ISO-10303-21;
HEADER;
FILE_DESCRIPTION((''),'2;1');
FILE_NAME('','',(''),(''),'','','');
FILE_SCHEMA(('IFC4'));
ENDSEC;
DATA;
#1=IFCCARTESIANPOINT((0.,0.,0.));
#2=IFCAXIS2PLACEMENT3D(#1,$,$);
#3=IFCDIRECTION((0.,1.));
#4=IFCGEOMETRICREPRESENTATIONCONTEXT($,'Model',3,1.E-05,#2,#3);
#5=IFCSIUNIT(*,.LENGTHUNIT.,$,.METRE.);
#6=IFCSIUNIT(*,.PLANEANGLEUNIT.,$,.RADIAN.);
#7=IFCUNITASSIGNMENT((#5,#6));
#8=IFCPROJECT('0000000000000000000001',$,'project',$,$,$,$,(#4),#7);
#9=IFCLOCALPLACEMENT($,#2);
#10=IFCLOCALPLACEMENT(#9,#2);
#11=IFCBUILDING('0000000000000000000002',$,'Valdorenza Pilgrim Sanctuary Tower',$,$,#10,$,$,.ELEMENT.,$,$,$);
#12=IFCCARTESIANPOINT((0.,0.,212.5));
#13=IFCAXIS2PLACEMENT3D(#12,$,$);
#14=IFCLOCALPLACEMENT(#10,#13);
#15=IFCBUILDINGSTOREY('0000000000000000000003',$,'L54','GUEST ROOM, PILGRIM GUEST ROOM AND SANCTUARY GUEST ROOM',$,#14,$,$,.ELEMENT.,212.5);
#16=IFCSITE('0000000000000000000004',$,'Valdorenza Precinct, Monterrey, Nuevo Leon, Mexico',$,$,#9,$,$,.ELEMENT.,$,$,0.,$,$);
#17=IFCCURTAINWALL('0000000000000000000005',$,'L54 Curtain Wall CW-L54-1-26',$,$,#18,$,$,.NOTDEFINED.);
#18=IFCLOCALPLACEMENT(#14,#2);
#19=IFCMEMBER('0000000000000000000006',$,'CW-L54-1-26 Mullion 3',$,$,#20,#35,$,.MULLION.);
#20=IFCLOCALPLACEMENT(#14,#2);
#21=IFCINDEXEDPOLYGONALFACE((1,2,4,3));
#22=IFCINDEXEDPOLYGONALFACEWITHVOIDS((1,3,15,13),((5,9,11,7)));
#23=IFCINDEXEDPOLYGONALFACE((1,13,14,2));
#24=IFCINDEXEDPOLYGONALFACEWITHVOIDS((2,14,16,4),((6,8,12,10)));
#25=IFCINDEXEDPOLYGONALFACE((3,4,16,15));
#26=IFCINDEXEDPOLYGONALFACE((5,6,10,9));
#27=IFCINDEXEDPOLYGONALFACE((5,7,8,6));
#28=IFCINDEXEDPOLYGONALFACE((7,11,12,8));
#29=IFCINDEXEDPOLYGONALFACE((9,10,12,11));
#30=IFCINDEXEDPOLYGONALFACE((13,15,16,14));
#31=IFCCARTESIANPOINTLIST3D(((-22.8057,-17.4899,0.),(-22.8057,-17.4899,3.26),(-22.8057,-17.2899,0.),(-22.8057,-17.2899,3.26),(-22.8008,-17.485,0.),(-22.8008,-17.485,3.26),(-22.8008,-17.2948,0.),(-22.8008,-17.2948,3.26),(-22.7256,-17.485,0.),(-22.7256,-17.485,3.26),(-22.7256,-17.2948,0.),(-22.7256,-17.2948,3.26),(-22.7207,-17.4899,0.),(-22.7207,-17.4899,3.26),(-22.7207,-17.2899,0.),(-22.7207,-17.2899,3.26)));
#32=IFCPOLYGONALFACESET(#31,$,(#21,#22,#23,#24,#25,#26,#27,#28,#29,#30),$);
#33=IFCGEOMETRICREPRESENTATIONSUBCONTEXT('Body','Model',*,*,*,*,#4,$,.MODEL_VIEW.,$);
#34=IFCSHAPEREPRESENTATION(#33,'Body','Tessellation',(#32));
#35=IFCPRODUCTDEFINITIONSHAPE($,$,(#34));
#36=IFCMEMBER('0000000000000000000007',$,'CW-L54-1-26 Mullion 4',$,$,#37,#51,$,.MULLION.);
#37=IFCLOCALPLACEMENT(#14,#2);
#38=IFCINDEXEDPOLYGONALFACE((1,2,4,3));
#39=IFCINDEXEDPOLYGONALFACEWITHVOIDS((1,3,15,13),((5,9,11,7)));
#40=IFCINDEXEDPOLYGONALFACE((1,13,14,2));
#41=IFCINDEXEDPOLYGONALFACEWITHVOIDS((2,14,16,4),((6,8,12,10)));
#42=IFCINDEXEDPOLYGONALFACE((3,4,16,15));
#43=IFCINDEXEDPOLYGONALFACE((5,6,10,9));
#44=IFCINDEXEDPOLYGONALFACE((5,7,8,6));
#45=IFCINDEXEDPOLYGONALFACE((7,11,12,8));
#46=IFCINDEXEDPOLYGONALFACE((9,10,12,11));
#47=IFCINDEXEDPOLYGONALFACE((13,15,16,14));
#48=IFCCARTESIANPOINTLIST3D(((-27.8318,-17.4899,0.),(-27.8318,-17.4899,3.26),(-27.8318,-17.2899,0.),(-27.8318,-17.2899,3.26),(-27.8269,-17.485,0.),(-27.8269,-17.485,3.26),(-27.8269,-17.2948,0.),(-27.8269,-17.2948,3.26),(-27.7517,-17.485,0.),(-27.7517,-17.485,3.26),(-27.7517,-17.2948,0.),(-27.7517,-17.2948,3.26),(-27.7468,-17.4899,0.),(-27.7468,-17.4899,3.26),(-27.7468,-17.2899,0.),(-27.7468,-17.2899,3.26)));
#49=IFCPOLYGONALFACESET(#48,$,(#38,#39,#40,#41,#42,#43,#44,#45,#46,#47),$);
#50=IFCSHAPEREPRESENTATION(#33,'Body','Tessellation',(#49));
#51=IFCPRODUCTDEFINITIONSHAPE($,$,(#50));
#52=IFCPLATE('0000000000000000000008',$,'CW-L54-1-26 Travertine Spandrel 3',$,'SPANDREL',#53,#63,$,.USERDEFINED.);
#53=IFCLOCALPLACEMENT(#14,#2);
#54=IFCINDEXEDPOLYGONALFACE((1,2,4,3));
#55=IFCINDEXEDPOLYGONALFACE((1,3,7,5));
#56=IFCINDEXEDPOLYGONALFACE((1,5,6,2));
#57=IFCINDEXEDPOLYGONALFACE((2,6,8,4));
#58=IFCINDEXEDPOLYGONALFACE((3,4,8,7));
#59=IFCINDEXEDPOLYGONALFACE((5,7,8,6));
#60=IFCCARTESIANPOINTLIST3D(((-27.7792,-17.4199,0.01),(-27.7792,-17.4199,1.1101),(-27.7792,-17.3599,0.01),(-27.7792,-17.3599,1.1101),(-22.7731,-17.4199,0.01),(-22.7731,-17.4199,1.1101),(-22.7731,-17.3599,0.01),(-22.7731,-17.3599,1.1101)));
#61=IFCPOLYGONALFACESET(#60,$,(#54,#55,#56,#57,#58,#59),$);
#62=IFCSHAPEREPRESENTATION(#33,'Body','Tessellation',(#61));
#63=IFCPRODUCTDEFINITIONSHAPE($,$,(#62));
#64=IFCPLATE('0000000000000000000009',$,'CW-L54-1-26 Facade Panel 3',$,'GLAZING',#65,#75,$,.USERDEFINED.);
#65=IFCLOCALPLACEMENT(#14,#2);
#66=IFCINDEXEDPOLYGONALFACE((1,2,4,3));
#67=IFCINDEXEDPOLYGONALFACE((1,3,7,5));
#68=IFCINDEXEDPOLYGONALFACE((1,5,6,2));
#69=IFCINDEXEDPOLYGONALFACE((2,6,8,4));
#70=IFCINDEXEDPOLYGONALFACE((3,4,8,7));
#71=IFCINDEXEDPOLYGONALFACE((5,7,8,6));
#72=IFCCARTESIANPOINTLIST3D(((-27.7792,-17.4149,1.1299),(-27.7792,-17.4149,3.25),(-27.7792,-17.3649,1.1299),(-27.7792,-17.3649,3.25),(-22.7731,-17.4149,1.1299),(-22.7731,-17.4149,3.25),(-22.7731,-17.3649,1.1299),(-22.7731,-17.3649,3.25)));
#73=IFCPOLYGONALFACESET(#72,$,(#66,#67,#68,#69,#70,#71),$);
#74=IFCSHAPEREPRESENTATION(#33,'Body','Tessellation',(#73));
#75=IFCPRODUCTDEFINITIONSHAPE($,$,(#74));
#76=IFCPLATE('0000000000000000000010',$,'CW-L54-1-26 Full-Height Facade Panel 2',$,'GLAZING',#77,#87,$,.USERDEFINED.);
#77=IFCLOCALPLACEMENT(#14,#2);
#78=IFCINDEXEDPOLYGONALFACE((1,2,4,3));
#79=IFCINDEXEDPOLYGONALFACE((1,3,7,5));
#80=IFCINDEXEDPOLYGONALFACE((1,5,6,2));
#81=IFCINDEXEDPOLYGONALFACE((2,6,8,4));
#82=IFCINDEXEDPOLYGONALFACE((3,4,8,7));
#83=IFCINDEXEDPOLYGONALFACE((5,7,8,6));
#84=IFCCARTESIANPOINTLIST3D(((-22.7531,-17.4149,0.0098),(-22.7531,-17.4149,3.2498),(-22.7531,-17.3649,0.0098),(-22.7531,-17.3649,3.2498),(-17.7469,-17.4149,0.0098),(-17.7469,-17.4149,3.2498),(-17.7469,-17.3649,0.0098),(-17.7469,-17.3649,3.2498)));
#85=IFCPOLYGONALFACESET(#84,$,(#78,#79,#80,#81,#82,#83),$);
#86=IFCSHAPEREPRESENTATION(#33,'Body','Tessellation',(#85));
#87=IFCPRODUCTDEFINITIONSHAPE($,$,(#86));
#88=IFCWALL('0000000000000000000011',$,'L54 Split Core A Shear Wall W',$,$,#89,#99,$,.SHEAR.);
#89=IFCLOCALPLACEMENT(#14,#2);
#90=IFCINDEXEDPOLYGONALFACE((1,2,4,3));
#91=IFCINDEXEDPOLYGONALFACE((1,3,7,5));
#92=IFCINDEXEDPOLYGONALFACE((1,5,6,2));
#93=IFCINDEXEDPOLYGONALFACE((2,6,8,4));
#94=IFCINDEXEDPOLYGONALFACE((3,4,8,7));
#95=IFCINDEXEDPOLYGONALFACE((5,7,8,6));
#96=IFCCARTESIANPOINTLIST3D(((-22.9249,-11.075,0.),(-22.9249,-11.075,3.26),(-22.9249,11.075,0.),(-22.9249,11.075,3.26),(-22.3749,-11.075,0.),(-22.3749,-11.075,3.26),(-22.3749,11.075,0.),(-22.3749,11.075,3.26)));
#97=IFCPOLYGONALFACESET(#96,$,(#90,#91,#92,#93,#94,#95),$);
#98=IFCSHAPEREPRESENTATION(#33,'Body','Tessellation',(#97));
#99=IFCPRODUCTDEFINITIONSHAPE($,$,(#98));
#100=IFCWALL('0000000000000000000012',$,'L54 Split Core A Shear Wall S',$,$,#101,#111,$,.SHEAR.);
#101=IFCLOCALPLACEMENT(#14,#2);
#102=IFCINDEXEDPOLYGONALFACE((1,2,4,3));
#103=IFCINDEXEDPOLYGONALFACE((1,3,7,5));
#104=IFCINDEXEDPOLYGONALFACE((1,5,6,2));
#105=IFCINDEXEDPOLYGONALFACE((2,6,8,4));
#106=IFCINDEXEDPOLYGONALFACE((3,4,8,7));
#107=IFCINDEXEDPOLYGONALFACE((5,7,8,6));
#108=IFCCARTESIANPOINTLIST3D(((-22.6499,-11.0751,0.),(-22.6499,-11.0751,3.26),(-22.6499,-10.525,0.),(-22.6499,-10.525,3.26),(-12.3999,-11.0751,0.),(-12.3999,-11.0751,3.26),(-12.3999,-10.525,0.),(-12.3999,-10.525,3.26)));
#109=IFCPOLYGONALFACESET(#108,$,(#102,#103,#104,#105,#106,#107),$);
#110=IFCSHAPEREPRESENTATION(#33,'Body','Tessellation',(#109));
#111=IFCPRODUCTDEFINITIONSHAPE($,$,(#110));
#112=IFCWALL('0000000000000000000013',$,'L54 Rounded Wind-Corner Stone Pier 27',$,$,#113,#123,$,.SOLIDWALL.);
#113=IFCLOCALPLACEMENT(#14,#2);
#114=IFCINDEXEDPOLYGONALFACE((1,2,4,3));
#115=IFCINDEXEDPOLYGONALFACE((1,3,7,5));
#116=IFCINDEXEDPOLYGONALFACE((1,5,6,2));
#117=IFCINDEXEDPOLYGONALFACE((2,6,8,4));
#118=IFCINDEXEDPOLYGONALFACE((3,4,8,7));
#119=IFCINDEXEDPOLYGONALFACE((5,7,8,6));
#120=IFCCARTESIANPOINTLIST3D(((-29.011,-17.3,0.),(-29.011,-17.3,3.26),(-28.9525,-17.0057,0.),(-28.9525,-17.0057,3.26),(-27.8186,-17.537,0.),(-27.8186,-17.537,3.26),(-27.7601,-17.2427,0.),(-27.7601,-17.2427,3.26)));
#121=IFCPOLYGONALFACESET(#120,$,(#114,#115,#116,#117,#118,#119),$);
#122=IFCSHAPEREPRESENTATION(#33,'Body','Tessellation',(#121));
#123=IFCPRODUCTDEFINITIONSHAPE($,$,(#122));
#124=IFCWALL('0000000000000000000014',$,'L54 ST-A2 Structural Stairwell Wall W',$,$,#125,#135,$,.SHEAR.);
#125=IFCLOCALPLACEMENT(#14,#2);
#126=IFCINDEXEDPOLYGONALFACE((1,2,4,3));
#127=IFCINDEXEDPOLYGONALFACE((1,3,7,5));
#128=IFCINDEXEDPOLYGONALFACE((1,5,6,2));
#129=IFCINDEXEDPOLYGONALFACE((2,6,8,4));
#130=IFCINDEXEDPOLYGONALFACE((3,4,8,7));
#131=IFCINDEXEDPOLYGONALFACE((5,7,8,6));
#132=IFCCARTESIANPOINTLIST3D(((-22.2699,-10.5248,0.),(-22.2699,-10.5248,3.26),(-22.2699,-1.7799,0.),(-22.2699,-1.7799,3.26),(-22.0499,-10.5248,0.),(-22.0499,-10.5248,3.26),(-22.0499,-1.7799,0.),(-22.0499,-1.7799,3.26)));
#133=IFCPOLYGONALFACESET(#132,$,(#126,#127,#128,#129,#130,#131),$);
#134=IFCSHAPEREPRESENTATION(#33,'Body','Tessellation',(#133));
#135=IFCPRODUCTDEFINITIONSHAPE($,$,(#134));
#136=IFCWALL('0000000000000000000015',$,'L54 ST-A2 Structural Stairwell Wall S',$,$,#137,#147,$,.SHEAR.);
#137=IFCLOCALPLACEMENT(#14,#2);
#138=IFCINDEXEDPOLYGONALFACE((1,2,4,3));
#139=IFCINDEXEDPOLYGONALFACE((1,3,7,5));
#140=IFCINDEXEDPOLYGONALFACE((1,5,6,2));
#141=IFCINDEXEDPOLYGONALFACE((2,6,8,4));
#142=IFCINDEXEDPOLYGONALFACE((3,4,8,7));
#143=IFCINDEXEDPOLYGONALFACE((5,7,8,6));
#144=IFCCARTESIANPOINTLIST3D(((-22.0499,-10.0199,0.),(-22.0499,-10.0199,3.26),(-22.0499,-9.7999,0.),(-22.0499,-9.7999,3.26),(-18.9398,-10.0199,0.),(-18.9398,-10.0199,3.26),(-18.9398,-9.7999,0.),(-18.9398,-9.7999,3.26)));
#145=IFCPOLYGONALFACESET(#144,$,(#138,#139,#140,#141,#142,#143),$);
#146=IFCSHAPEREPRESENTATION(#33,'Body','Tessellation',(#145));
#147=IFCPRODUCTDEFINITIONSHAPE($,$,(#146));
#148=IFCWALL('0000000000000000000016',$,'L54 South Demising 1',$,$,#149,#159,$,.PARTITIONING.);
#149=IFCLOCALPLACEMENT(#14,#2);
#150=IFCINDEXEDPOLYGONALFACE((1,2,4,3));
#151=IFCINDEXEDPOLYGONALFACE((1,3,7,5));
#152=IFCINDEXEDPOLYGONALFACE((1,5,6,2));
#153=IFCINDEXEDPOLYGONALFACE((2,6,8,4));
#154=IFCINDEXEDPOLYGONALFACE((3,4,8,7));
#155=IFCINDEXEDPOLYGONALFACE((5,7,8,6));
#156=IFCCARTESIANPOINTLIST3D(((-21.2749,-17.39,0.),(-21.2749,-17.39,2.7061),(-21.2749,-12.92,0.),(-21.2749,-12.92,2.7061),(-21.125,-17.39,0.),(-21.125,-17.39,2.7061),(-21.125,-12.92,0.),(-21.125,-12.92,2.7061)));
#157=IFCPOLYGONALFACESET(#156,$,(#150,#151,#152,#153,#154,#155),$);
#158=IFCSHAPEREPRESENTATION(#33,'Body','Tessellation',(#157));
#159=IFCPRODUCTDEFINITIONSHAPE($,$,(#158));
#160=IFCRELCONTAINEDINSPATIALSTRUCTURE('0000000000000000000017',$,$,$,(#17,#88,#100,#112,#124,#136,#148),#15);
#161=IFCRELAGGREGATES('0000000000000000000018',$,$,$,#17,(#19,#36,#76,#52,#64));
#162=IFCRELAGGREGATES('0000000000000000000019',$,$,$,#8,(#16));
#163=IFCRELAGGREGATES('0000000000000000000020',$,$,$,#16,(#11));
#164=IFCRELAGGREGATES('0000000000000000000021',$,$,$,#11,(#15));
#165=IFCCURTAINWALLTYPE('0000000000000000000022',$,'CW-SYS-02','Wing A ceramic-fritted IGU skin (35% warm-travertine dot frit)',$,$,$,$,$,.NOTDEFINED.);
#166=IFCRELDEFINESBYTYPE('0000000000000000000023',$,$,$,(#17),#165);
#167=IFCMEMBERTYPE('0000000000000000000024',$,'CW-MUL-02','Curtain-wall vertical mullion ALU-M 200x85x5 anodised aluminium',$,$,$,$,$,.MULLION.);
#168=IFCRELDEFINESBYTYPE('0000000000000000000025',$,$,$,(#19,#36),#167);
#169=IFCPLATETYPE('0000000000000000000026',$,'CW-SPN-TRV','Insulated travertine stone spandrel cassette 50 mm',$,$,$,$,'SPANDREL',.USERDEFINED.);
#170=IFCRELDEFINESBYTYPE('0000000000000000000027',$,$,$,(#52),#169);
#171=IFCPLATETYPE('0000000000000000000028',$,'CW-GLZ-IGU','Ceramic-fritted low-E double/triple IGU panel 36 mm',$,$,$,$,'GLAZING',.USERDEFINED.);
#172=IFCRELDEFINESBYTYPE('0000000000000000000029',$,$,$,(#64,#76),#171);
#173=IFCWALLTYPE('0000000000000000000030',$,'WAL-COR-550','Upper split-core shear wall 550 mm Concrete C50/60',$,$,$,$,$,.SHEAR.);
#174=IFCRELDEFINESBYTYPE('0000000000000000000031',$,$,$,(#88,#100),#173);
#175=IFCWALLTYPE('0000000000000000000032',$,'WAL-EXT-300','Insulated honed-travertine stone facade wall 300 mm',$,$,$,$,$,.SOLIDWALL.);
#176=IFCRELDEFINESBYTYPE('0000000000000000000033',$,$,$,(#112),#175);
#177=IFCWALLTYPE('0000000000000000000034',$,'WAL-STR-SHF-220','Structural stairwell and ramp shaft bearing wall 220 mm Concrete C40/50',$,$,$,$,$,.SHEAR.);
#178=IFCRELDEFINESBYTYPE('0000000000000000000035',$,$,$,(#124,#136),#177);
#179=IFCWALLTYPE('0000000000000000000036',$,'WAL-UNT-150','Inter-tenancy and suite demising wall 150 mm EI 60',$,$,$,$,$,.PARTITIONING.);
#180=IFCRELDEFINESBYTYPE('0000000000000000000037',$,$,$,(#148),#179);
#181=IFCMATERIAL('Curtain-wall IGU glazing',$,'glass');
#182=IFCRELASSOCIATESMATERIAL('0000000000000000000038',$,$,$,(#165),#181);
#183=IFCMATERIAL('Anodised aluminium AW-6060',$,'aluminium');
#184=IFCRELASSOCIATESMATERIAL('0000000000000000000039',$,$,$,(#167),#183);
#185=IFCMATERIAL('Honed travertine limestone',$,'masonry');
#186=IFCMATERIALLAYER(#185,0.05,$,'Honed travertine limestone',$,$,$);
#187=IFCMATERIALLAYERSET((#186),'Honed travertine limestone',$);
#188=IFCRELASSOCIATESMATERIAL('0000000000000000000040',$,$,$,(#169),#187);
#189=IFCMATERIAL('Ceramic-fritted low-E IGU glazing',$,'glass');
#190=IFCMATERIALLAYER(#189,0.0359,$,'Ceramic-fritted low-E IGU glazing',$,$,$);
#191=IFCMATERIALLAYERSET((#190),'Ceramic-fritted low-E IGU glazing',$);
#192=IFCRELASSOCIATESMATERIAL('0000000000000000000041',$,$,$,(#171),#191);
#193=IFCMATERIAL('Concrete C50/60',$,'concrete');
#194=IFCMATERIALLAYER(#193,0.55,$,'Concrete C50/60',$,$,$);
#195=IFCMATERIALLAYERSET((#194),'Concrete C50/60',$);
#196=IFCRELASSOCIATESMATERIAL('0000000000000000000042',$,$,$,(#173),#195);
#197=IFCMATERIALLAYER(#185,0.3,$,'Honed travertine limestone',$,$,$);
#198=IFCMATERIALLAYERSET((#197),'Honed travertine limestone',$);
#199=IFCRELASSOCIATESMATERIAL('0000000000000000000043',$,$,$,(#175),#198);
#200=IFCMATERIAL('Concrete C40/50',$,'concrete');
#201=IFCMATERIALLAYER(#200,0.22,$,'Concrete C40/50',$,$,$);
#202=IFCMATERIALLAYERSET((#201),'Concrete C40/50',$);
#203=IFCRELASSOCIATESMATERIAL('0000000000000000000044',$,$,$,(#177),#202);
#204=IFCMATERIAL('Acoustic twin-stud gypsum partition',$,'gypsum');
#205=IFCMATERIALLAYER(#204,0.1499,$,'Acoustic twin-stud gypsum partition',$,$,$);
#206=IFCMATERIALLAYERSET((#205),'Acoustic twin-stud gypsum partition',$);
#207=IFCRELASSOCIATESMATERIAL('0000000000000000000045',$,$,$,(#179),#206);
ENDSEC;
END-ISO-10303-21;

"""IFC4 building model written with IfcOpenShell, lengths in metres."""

from ifc_helpers import new_model, si_unit, direction, frame, frame_2d, origin, origin_2d, place, context, subcontext, project, spatial, rectangle, hollow_rectangle, extrude, source, transform, mapped, material, layer, layer_set, material_profile, profile_set, type_object, element, aggregate, save


model = new_model("IFC4")

# Units and contexts
model_context = context("Model", 3, precision=1e-05, world=origin(), true_north=direction((0.0, 1.0)))
body_context = subcontext(model_context, "Body", "Model", "MODEL_VIEW")
ifc_project = project(units=[si_unit("LENGTHUNIT", "METRE"), si_unit("PLANEANGLEUNIT", "RADIAN")], contexts=[model_context])

# Site, building, storey
site_placement = place(None, origin())
site = spatial("IfcSite", under=ifc_project, at=site_placement, Name="Valdorenza Precinct, Monterrey, Nuevo Leon, Mexico", CompositionType="ELEMENT", RefElevation=0.0)
building_placement = place(site_placement, origin())
building = spatial("IfcBuilding", under=site, at=building_placement, Name="Valdorenza Pilgrim Sanctuary Tower", CompositionType="ELEMENT")
storey_placement = place(building_placement, frame((0.0, 0.0, 212.5)))
storey = spatial("IfcBuildingStorey", under=building, at=storey_placement, Name="L54", Description="GUEST ROOM, PILGRIM GUEST ROOM AND SANCTUARY GUEST ROOM", CompositionType="ELEMENT", Elevation=212.5)

# Shared definitions
ifc_material_1 = material(Name="Concrete C50/60", Category="concrete")

# Curtain wall, members, plates
ifc_material_2 = material(Name="Curtain-wall IGU glazing", Category="glass")
curtain_wall_type = type_object("IfcCurtainWallType", Name="CW-SYS-02", Description="Wing A ceramic-fritted IGU skin (35% warm-travertine dot frit)", PredefinedType="NOTDEFINED", material=ifc_material_2)
curtain_wall_placement = place(storey_placement, origin())
curtain_wall = element("IfcCurtainWall", 1, at=curtain_wall_placement, inside=storey, type_object=curtain_wall_type, Name="L54 Curtain Wall CW-L54-1-26", PredefinedType="NOTDEFINED")
ifc_material_3 = material(Name="Anodised aluminium AW-6060", Category="aluminium")
ifc_material_profile_1 = material_profile(ifc_material_3, hollow_rectangle(XDim=0.085, YDim=0.2, WallThickness=0.0049, at=origin_2d()), Name="ALU-M 200x85x5")
ifc_profile_set_1 = profile_set([ifc_material_profile_1], Name="Anodised aluminium AW-6060")
member_type = type_object("IfcMemberType", Name="CW-MUL-02", Description="Curtain-wall vertical mullion ALU-M 200x85x5 anodised aluminium", PredefinedType="MULLION", material=ifc_profile_set_1)
shared_shape_1 = source(origin(), body_context, "Body", "SweptSolid", [
    extrude(hollow_rectangle(XDim=0.085, YDim=0.2, WallThickness=0.0049, at=origin_2d()), origin(), (0.0, 0.0, 1.0), 3.26),
])
member_1_placement = place(storey_placement, frame((-22.7632, -17.3899, 0.0), z_axis=(0.0, 0.0, 1.0), x_axis=(-1.0, 0.0, 0.0)))
member_1 = element("IfcMember", 2, at=member_1_placement, type_object=member_type, Name="CW-L54-1-26 Mullion 3", PredefinedType="MULLION", context=body_context, shape_type="MappedRepresentation", body=[
    mapped(shared_shape_1, transform((0.0, 0.0, 0.0), x_axis=(1.0, 0.0, 0.0), y_axis=(0.0, 1.0, 0.0), z_axis=(0.0, 0.0, 1.0), scale=1.0)),
])
member_2_placement = place(storey_placement, frame((-27.7893, -17.3899, 0.0), z_axis=(0.0, 0.0, 1.0), x_axis=(-1.0, 0.0, 0.0)))
member_2 = element("IfcMember", 3, at=member_2_placement, type_object=member_type, Name="CW-L54-1-26 Mullion 4", PredefinedType="MULLION", context=body_context, shape_type="MappedRepresentation", body=[
    mapped(shared_shape_1, transform((0.0, 0.0, 0.0), x_axis=(1.0, 0.0, 0.0), y_axis=(0.0, 1.0, 0.0), z_axis=(0.0, 0.0, 1.0), scale=1.0)),
])
ifc_material_4 = material(Name="Honed travertine limestone", Category="masonry")
ifc_layer_1 = layer(ifc_material_4, 0.05, Name="Honed travertine limestone")
ifc_layer_set_1 = layer_set([ifc_layer_1], Name="Honed travertine limestone")
plate_type_1 = type_object("IfcPlateType", Name="CW-SPN-TRV", Description="Insulated travertine stone spandrel cassette 50 mm", ElementType="SPANDREL", PredefinedType="USERDEFINED", material=ifc_layer_set_1)
shared_shape_2 = source(origin(), body_context, "Body", "SweptSolid", [
    extrude(rectangle(XDim=5.0061, YDim=0.0601, at=origin_2d()), origin(), (0.0, 0.0, 1.0), 1.1001),
])
plate_1_placement = place(storey_placement, frame((-25.2761, -17.3899, 0.01), z_axis=(0.0, 0.0, 1.0), x_axis=(-1.0, 0.0, 0.0)))
plate_1 = element("IfcPlate", 4, at=plate_1_placement, type_object=plate_type_1, Name="CW-L54-1-26 Travertine Spandrel 3", ObjectType="SPANDREL", PredefinedType="USERDEFINED", context=body_context, shape_type="MappedRepresentation", body=[
    mapped(shared_shape_2, transform((0.0, 0.0, 0.0), x_axis=(1.0, 0.0, 0.0), y_axis=(0.0, 1.0, 0.0), z_axis=(0.0, 0.0, 1.0), scale=1.0)),
])
ifc_material_5 = material(Name="Ceramic-fritted low-E IGU glazing", Category="glass")
ifc_layer_2 = layer(ifc_material_5, 0.0359, Name="Ceramic-fritted low-E IGU glazing")
ifc_layer_set_2 = layer_set([ifc_layer_2], Name="Ceramic-fritted low-E IGU glazing")
plate_type_2 = type_object("IfcPlateType", Name="CW-GLZ-IGU", Description="Ceramic-fritted low-E double/triple IGU panel 36 mm", ElementType="GLAZING", PredefinedType="USERDEFINED", material=ifc_layer_set_2)
shared_shape_3 = source(origin(), body_context, "Body", "SweptSolid", [
    extrude(rectangle(XDim=5.0061, YDim=0.05, at=origin_2d()), origin(), (0.0, 0.0, 1.0), 2.1201),
])
plate_2_placement = place(storey_placement, frame((-25.2761, -17.3899, 1.1299), z_axis=(0.0, 0.0, 1.0), x_axis=(-1.0, 0.0, 0.0)))
plate_2 = element("IfcPlate", 5, at=plate_2_placement, type_object=plate_type_2, Name="CW-L54-1-26 Facade Panel 3", ObjectType="GLAZING", PredefinedType="USERDEFINED", context=body_context, shape_type="MappedRepresentation", body=[
    mapped(shared_shape_3, transform((0.0, 0.0, 0.0), x_axis=(1.0, 0.0, 0.0), y_axis=(0.0, 1.0, 0.0), z_axis=(0.0, 0.0, 1.0), scale=1.0)),
])
shared_shape_4 = source(origin(), body_context, "Body", "SweptSolid", [
    extrude(rectangle(XDim=5.0061, YDim=0.05, at=origin_2d()), origin(), (0.0, 0.0, 1.0), 3.24),
])
plate_3_placement = place(storey_placement, frame((-20.25, -17.3899, 0.0098), z_axis=(0.0, 0.0, 1.0), x_axis=(-1.0, 0.0, 0.0)))
plate_3 = element("IfcPlate", 6, at=plate_3_placement, type_object=plate_type_2, Name="CW-L54-1-26 Full-Height Facade Panel 2", ObjectType="GLAZING", PredefinedType="USERDEFINED", context=body_context, shape_type="MappedRepresentation", body=[
    mapped(shared_shape_4, transform((0.0, 0.0, 0.0), x_axis=(1.0, 0.0, 0.0), y_axis=(0.0, 1.0, 0.0), z_axis=(0.0, 0.0, 1.0), scale=1.0)),
])
aggregate(curtain_wall, [member_1, member_2, plate_3, plate_1, plate_2])

# Shared definitions
ifc_material_6 = material(Name="Acoustic twin-stud gypsum partition", Category="gypsum")

# Walls
ifc_layer_3 = layer(ifc_material_1, 0.55, Name="Concrete C50/60")
ifc_layer_set_3 = layer_set([ifc_layer_3], Name="Concrete C50/60")
wall_type_1 = type_object("IfcWallType", Name="WAL-COR-550", Description="Upper split-core shear wall 550 mm Concrete C50/60", PredefinedType="SHEAR", material=ifc_layer_set_3)
wall_1_placement = place(storey_placement, frame((-22.6499, -11.075, 0.0), z_axis=(0.0, 0.0, 1.0), x_axis=(0.0, 1.0, 0.0)))
element("IfcWall", 7, at=wall_1_placement, inside=storey, type_object=wall_type_1, Name="L54 Split Core A Shear Wall W", PredefinedType="SHEAR", context=body_context, shape_type="SweptSolid", body=[
    extrude(rectangle(XDim=22.1499, YDim=0.55, at=frame_2d((11.075, 0.0))), origin(), (0.0, 0.0, 1.0), 3.26),
])
wall_2_placement = place(storey_placement, frame((-22.6499, -10.8, 0.0), z_axis=(0.0, 0.0, 1.0), x_axis=(1.0, 0.0, 0.0)))
element("IfcWall", 8, at=wall_2_placement, inside=storey, type_object=wall_type_1, Name="L54 Split Core A Shear Wall S", PredefinedType="SHEAR", context=body_context, shape_type="SweptSolid", body=[
    extrude(rectangle(XDim=10.25, YDim=0.55, at=frame_2d((5.125, 0.0))), origin(), (0.0, 0.0, 1.0), 3.26),
])
ifc_layer_4 = layer(ifc_material_4, 0.3, Name="Honed travertine limestone")
ifc_layer_set_4 = layer_set([ifc_layer_4], Name="Honed travertine limestone")
wall_type_2 = type_object("IfcWallType", Name="WAL-EXT-300", Description="Insulated honed-travertine stone facade wall 300 mm", PredefinedType="SOLIDWALL", material=ifc_layer_set_4)
wall_3_placement = place(storey_placement, frame((-27.7893, -17.3899, 0.0), z_axis=(0.0, 0.0, 1.0), x_axis=(-0.980804, 0.194996, 0.0)))
element("IfcWall", 9, at=wall_3_placement, inside=storey, type_object=wall_type_2, Name="L54 Rounded Wind-Corner Stone Pier 27", PredefinedType="SOLIDWALL", context=body_context, shape_type="SweptSolid", body=[
    extrude(rectangle(XDim=1.2158, YDim=0.3, at=frame_2d((0.6079, 0.0))), origin(), (0.0, 0.0, 1.0), 3.26),
])
ifc_material_7 = material(Name="Concrete C40/50", Category="concrete")
ifc_layer_5 = layer(ifc_material_7, 0.22, Name="Concrete C40/50")
ifc_layer_set_5 = layer_set([ifc_layer_5], Name="Concrete C40/50")
wall_type_3 = type_object("IfcWallType", Name="WAL-STR-SHF-220", Description="Structural stairwell and ramp shaft bearing wall 220 mm Concrete C40/50", PredefinedType="SHEAR", material=ifc_layer_set_5)
wall_4_placement = place(storey_placement, frame((-22.1599, -10.5249, 0.0), z_axis=(0.0, 0.0, 1.0), x_axis=(0.0, 1.0, 0.0)))
element("IfcWall", 10, at=wall_4_placement, inside=storey, type_object=wall_type_3, Name="L54 ST-A2 Structural Stairwell Wall W", PredefinedType="SHEAR", context=body_context, shape_type="SweptSolid", body=[
    extrude(rectangle(XDim=8.7449, YDim=0.22, at=frame_2d((4.3726, 0.0))), origin(), (0.0, 0.0, 1.0), 3.26),
])
wall_5_placement = place(storey_placement, frame((-22.05, -9.9099, 0.0), z_axis=(0.0, 0.0, 1.0), x_axis=(1.0, 0.0, 0.0)))
element("IfcWall", 11, at=wall_5_placement, inside=storey, type_object=wall_type_3, Name="L54 ST-A2 Structural Stairwell Wall S", PredefinedType="SHEAR", context=body_context, shape_type="SweptSolid", body=[
    extrude(rectangle(XDim=3.1101, YDim=0.22, at=frame_2d((1.5552, 0.0))), origin(), (0.0, 0.0, 1.0), 3.26),
])
ifc_layer_6 = layer(ifc_material_6, 0.1499, Name="Acoustic twin-stud gypsum partition")
ifc_layer_set_6 = layer_set([ifc_layer_6], Name="Acoustic twin-stud gypsum partition")
wall_type_4 = type_object("IfcWallType", Name="WAL-UNT-150", Description="Inter-tenancy and suite demising wall 150 mm EI 60", PredefinedType="PARTITIONING", material=ifc_layer_set_6)
wall_6_placement = place(storey_placement, frame((-21.2, -17.3899, 0.0), z_axis=(0.0, 0.0, 1.0), x_axis=(0.0, 1.0, 0.0)))
element("IfcWall", 12, at=wall_6_placement, inside=storey, type_object=wall_type_4, Name="L54 South Demising 1", PredefinedType="PARTITIONING", context=body_context, shape_type="SweptSolid", body=[
    extrude(rectangle(XDim=4.47, YDim=0.1499, at=frame_2d((2.2349, 0.0))), origin(), (0.0, 0.0, 1.0), 2.7061),
])

save(model, "model.ifc")
